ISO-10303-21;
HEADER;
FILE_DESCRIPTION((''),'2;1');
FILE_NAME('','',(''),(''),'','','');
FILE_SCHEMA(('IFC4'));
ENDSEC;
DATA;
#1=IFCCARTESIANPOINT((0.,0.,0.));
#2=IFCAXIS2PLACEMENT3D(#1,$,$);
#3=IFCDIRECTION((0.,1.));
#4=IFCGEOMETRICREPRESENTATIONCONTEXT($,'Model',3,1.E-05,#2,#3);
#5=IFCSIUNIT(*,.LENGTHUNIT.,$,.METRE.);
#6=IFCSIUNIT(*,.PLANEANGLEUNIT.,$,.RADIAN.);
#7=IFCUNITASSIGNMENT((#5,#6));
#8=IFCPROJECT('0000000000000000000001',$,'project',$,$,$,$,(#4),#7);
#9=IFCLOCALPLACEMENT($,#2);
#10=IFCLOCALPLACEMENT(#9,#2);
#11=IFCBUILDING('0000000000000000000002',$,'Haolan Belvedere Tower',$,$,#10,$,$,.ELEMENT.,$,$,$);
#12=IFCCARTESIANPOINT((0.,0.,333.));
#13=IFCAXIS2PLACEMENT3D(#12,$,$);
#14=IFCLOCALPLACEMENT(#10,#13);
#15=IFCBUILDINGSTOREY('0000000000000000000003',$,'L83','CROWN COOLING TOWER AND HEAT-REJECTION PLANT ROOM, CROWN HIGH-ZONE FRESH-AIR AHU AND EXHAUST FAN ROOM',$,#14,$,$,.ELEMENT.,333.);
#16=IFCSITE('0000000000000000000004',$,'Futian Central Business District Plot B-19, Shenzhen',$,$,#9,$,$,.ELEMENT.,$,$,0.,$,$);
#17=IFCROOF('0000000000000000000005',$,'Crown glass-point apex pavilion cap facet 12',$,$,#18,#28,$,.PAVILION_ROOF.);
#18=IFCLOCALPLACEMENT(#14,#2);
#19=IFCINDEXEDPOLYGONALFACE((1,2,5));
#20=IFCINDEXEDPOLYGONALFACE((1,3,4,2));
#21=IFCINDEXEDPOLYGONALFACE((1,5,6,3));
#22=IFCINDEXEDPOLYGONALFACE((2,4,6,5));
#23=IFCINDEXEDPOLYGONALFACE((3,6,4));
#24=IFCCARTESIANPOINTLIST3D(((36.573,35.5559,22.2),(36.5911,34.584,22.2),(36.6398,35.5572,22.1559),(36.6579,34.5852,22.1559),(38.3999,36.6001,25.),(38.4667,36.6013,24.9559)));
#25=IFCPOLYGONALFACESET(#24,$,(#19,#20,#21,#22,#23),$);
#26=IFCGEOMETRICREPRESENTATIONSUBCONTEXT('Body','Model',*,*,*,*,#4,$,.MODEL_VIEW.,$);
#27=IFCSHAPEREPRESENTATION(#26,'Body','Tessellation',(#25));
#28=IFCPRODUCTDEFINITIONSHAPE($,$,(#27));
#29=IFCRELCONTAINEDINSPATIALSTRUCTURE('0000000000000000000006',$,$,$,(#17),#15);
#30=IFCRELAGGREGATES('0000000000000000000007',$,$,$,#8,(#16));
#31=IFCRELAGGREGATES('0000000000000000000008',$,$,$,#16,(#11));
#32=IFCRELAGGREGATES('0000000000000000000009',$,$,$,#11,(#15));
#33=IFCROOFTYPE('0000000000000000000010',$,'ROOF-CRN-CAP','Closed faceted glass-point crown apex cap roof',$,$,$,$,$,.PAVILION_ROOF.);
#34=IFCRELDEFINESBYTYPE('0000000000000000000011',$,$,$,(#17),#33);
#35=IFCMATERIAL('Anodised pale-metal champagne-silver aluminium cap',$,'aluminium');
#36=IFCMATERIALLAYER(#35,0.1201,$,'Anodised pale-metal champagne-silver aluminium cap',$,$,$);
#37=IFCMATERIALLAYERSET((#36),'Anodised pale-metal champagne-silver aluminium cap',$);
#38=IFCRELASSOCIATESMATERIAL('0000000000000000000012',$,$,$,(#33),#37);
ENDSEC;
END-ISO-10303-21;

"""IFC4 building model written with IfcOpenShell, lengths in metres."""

from ifc_helpers import new_model, si_unit, direction, frame, origin, place, context, subcontext, project, spatial, polyline, outline, extrude, material, layer, layer_set, type_object, element, save


model = new_model("IFC4")

# Units and contexts
model_context = context("Model", 3, precision=1e-05, world=origin(), true_north=direction((0.0, 1.0)))
body_context = subcontext(model_context, "Body", "Model", "MODEL_VIEW")
ifc_project = project(units=[si_unit("LENGTHUNIT", "METRE"), si_unit("PLANEANGLEUNIT", "RADIAN")], contexts=[model_context])

# Site, building, storey
site_placement = place(None, origin())
site = spatial("IfcSite", under=ifc_project, at=site_placement, Name="Futian Central Business District Plot B-19, Shenzhen", CompositionType="ELEMENT", RefElevation=0.0)
building_placement = place(site_placement, origin())
building = spatial("IfcBuilding", under=site, at=building_placement, Name="Haolan Belvedere Tower", CompositionType="ELEMENT")
storey_placement = place(building_placement, frame((0.0, 0.0, 333.0)))
storey = spatial("IfcBuildingStorey", under=building, at=storey_placement, Name="L83", Description="CROWN COOLING TOWER AND HEAT-REJECTION PLANT ROOM, CROWN HIGH-ZONE FRESH-AIR AHU AND EXHAUST FAN ROOM", CompositionType="ELEMENT", Elevation=333.0)

# Roof
ifc_material_1 = material(Name="Anodised pale-metal champagne-silver aluminium cap", Category="aluminium")
ifc_layer_1 = layer(ifc_material_1, 0.1201, Name="Anodised pale-metal champagne-silver aluminium cap")
ifc_layer_set_1 = layer_set([ifc_layer_1], Name="Anodised pale-metal champagne-silver aluminium cap")
roof_type = type_object("IfcRoofType", Name="ROOF-CRN-CAP", Description="Closed faceted glass-point crown apex cap roof", PredefinedType="PAVILION_ROOF", material=ifc_layer_set_1)
roof_placement = place(storey_placement, frame((36.573, 35.5559, 22.2), z_axis=(-0.834744, -0.015516, 0.550419), x_axis=(0.018585, -0.999827, 0.0)))
element("IfcRoof", 1, at=roof_placement, inside=storey, type_object=roof_type, Name="Crown glass-point apex pavilion cap facet 12", PredefinedType="PAVILION_ROOF", context=body_context, shape_type="SweptSolid", body=[
    extrude(outline(polyline([(0.0, 0.0), (0.9721, 0.0), (-1.0101, 3.3538), (0.0, 0.0)])), origin(), (0.0, 0.0, -1.0), 0.0801),
])

save(model, "model.ifc")
